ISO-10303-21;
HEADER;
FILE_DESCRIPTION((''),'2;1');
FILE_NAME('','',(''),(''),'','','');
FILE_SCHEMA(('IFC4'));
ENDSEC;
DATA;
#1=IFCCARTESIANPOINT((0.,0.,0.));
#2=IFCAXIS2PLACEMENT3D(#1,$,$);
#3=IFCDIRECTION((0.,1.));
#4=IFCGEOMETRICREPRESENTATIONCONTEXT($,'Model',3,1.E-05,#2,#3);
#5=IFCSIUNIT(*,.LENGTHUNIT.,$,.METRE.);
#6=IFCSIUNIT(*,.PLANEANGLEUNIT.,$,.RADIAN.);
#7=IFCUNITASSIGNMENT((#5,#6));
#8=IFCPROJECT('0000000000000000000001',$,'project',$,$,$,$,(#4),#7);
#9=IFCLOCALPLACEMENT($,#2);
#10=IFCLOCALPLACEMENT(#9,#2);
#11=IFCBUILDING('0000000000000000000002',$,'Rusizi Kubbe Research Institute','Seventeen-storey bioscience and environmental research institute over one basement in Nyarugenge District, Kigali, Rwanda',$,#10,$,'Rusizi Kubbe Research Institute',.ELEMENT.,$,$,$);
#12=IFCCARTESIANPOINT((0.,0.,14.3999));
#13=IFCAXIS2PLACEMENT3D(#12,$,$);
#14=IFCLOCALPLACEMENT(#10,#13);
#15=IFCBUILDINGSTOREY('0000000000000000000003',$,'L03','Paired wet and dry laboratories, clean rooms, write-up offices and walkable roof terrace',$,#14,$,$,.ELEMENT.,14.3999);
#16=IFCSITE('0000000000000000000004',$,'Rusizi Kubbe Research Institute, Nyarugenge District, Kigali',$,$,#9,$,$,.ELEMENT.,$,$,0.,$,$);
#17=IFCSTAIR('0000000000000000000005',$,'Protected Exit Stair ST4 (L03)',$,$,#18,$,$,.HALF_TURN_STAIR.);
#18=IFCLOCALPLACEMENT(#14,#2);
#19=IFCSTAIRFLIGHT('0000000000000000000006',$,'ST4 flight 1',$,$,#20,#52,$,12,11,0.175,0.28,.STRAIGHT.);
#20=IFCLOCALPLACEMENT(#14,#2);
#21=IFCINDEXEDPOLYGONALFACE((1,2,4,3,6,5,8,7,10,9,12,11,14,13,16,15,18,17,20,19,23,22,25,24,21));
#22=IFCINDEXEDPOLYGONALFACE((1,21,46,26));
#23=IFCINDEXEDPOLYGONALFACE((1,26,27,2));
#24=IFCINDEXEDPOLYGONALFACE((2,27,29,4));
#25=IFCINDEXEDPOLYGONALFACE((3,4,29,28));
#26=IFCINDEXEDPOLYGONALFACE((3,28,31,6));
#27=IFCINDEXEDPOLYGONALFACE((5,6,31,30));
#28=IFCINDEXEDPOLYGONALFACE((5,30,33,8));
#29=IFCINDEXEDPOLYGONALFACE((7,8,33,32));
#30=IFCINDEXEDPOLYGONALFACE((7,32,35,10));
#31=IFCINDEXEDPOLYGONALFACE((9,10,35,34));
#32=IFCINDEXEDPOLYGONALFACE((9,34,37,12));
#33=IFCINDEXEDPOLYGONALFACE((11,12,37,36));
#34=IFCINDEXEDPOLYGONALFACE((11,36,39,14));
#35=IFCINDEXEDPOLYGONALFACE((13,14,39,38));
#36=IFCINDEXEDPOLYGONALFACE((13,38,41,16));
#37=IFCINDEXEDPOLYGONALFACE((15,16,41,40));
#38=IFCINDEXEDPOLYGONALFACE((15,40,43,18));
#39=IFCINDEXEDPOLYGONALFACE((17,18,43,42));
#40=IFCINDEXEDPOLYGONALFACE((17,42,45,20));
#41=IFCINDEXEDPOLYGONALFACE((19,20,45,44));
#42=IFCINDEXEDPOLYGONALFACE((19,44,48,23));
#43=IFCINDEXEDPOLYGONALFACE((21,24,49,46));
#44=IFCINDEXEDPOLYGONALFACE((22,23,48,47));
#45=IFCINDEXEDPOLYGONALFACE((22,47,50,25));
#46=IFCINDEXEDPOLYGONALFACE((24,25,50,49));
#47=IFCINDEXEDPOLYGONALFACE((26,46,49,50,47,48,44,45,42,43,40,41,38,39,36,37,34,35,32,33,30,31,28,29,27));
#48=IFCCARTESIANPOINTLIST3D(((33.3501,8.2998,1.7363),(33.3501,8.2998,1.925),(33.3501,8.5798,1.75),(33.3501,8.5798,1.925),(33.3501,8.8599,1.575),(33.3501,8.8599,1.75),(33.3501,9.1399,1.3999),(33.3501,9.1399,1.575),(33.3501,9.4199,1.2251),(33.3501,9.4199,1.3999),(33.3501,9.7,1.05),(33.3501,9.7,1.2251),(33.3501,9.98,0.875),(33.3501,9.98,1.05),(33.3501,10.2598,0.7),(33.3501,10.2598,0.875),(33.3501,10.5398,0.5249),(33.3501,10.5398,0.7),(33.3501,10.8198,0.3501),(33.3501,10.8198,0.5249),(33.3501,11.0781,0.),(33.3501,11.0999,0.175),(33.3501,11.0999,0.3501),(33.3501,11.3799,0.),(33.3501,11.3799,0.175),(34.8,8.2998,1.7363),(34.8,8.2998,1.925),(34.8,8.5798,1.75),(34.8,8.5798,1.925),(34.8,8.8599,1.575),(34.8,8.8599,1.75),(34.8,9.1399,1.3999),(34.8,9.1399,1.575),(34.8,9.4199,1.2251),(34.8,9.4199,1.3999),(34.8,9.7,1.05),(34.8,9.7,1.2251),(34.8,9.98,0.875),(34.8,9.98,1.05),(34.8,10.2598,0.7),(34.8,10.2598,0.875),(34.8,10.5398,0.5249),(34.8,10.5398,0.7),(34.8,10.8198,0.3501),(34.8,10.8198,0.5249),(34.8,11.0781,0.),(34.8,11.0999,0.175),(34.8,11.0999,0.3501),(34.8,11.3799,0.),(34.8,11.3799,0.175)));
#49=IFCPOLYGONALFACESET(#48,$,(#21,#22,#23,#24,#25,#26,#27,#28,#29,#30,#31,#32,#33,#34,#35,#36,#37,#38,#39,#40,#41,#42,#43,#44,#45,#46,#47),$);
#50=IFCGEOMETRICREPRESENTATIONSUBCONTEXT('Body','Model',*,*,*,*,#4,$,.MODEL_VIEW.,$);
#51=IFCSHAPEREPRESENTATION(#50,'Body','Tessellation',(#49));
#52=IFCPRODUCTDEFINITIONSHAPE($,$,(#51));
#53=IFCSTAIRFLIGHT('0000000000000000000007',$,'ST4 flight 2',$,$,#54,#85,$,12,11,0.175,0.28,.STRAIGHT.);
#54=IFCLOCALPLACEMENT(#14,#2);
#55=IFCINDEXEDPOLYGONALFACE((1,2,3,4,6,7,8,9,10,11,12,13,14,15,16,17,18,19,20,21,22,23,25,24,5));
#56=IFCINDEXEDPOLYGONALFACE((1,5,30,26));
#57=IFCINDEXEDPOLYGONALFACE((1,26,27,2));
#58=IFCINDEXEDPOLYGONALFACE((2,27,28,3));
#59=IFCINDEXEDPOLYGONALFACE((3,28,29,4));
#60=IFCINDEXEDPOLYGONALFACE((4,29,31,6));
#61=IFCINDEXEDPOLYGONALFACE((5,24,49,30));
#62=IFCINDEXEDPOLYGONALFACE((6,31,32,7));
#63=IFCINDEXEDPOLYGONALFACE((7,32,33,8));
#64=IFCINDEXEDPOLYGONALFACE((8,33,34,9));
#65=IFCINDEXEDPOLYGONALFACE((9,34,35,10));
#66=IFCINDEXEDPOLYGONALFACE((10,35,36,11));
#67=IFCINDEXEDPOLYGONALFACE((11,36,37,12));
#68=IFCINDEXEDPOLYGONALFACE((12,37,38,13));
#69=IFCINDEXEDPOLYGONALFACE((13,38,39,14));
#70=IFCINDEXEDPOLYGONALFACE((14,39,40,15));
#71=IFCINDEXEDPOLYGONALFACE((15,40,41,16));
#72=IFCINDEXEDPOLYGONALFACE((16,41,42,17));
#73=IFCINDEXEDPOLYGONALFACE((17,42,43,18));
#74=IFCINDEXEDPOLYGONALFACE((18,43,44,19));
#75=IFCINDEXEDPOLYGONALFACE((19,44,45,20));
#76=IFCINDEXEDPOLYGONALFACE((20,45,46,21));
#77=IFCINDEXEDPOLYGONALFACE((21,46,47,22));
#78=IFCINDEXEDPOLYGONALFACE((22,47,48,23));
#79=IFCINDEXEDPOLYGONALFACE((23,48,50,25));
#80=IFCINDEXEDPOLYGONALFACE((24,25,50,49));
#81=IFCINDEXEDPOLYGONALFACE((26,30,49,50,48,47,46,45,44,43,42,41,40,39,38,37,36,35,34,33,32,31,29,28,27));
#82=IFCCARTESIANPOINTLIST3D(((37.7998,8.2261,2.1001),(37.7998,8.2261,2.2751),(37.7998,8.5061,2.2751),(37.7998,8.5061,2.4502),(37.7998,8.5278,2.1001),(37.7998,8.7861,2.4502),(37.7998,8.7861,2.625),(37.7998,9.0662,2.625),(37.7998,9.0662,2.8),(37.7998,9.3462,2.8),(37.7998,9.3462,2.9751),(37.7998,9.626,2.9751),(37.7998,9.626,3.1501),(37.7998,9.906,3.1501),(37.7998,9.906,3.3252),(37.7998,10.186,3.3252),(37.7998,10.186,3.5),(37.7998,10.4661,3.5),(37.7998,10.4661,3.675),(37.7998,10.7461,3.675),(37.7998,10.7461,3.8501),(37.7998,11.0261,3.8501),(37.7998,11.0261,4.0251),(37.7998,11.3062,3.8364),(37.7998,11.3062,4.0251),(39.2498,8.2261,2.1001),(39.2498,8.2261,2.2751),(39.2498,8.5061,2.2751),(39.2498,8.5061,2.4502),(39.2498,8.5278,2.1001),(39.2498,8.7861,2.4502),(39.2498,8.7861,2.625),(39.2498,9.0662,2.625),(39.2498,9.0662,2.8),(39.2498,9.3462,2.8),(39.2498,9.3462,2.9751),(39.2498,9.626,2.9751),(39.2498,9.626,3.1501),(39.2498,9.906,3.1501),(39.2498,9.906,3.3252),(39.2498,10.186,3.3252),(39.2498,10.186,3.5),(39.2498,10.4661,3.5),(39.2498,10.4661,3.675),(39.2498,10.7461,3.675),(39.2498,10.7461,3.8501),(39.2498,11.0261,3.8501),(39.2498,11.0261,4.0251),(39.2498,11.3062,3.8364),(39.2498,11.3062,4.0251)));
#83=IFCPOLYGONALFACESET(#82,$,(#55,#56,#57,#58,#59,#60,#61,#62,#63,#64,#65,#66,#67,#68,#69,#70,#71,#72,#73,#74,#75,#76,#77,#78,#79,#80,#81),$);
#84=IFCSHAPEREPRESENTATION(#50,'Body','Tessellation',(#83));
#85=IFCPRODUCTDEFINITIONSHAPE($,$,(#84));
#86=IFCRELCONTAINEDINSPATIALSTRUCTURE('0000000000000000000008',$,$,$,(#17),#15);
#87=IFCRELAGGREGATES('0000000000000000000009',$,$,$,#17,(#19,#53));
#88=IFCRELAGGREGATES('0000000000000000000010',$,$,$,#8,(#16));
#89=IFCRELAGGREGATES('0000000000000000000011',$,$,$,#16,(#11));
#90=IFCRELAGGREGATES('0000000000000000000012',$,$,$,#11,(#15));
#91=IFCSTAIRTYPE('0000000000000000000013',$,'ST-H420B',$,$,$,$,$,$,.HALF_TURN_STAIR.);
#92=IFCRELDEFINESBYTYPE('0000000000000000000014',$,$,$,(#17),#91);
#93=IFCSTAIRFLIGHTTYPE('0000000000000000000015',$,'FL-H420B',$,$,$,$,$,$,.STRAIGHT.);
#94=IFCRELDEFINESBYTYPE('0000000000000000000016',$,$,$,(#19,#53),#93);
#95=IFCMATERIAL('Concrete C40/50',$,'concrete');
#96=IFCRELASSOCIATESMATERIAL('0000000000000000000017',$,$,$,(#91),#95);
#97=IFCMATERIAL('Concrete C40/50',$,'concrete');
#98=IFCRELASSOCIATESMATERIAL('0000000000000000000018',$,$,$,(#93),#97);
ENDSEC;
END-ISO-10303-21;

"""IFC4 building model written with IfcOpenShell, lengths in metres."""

from ifc_helpers import new_model, si_unit, direction, frame, origin, place, context, subcontext, project, spatial, polyline, outline, extrude, material, type_object, element, aggregate, save


model = new_model("IFC4")

# Units and contexts
model_context = context("Model", 3, precision=1e-05, world=origin(), true_north=direction((0.0, 1.0)))
body_context = subcontext(model_context, "Body", "Model", "MODEL_VIEW")
ifc_project = project(units=[si_unit("LENGTHUNIT", "METRE"), si_unit("PLANEANGLEUNIT", "RADIAN")], contexts=[model_context])

# Site, building, storey
site_placement = place(None, origin())
site = spatial("IfcSite", under=ifc_project, at=site_placement, Name="Rusizi Kubbe Research Institute, Nyarugenge District, Kigali", CompositionType="ELEMENT", RefElevation=0.0)
building_placement = place(site_placement, origin())
building = spatial("IfcBuilding", under=site, at=building_placement, Name="Rusizi Kubbe Research Institute", Description="Seventeen-storey bioscience and environmental research institute over one basement in Nyarugenge District, Kigali, Rwanda", LongName="Rusizi Kubbe Research Institute", CompositionType="ELEMENT")
storey_placement = place(building_placement, frame((0.0, 0.0, 14.3999)))
storey = spatial("IfcBuildingStorey", under=building, at=storey_placement, Name="L03", Description="Paired wet and dry laboratories, clean rooms, write-up offices and walkable roof terrace", CompositionType="ELEMENT", Elevation=14.3999)

# Stair, stair flights
ifc_material_1 = material(Name="Concrete C40/50", Category="concrete")
stair_type = type_object("IfcStairType", Name="ST-H420B", PredefinedType="HALF_TURN_STAIR", material=ifc_material_1)
stair_placement = place(storey_placement, origin())
stair = element("IfcStair", 1, at=stair_placement, inside=storey, type_object=stair_type, Name="Protected Exit Stair ST4 (L03)", PredefinedType="HALF_TURN_STAIR")
ifc_material_2 = material(Name="Concrete C40/50", Category="concrete")
stair_flight_type = type_object("IfcStairFlightType", Name="FL-H420B", PredefinedType="STRAIGHT", material=ifc_material_2)
stair_flight_1_placement = place(storey_placement, frame((34.075, 11.3799, 0.0), z_axis=(0.0, 0.0, 1.0), x_axis=(0.0, -1.0, 0.0)))
stair_flight_1 = element("IfcStairFlight", 2, at=stair_flight_1_placement, type_object=stair_flight_type, Name="ST4 flight 1", NumberOfRisers=12, NumberOfTreads=11, PredefinedType="STRAIGHT", RiserHeight=0.175, TreadLength=0.28, context=body_context, shape_type="SweptSolid", body=[
    extrude(outline(polyline([(0.0, 0.0), (0.0, 0.175), (0.28, 0.175), (0.28, 0.3501), (0.5601, 0.3501), (0.5601, 0.5249), (0.8401, 0.5249), (0.8401, 0.7), (1.1201, 0.7), (1.1201, 0.875), (1.3999, 0.875), (1.3999, 1.05), (1.6799, 1.05), (1.6799, 1.2251), (1.96, 1.2251), (1.96, 1.3999), (2.24, 1.3999), (2.24, 1.575), (2.52, 1.575), (2.52, 1.75), (2.8, 1.75), (2.8, 1.925), (3.0801, 1.925), (3.0801, 2.1001), (3.0801, 1.7363), (0.3018, 0.0), (0.0, 0.0)])), frame((0.0, 0.7251, 0.0), z_axis=(0.0, -1.0, 0.0), x_axis=(1.0, 0.0, 0.0)), (0.0, 0.0, 1.0), 1.45),
])
stair_flight_2_placement = place(storey_placement, frame((38.5249, 8.2261, 2.1001), z_axis=(0.0, 0.0, 1.0), x_axis=(0.0, 1.0, 0.0)))
stair_flight_2 = element("IfcStairFlight", 3, at=stair_flight_2_placement, type_object=stair_flight_type, Name="ST4 flight 2", NumberOfRisers=12, NumberOfTreads=11, PredefinedType="STRAIGHT", RiserHeight=0.175, TreadLength=0.28, context=body_context, shape_type="SweptSolid", body=[
    extrude(outline(polyline([(0.0, 0.0), (0.0, 0.175), (0.28, 0.175), (0.28, 0.3501), (0.5601, 0.3501), (0.5601, 0.5249), (0.8401, 0.5249), (0.8401, 0.7), (1.1201, 0.7), (1.1201, 0.875), (1.3999, 0.875), (1.3999, 1.05), (1.6799, 1.05), (1.6799, 1.2251), (1.96, 1.2251), (1.96, 1.3999), (2.24, 1.3999), (2.24, 1.575), (2.52, 1.575), (2.52, 1.75), (2.8, 1.75), (2.8, 1.925), (3.0801, 1.925), (3.0801, 2.1001), (3.0801, 1.7363), (0.3018, 0.0), (0.0, 0.0)])), frame((0.0, 0.7251, 0.0), z_axis=(0.0, -1.0, 0.0), x_axis=(1.0, 0.0, 0.0)), (0.0, 0.0, 1.0), 1.45),
])
aggregate(stair, [stair_flight_1, stair_flight_2])

save(model, "model.ifc")
